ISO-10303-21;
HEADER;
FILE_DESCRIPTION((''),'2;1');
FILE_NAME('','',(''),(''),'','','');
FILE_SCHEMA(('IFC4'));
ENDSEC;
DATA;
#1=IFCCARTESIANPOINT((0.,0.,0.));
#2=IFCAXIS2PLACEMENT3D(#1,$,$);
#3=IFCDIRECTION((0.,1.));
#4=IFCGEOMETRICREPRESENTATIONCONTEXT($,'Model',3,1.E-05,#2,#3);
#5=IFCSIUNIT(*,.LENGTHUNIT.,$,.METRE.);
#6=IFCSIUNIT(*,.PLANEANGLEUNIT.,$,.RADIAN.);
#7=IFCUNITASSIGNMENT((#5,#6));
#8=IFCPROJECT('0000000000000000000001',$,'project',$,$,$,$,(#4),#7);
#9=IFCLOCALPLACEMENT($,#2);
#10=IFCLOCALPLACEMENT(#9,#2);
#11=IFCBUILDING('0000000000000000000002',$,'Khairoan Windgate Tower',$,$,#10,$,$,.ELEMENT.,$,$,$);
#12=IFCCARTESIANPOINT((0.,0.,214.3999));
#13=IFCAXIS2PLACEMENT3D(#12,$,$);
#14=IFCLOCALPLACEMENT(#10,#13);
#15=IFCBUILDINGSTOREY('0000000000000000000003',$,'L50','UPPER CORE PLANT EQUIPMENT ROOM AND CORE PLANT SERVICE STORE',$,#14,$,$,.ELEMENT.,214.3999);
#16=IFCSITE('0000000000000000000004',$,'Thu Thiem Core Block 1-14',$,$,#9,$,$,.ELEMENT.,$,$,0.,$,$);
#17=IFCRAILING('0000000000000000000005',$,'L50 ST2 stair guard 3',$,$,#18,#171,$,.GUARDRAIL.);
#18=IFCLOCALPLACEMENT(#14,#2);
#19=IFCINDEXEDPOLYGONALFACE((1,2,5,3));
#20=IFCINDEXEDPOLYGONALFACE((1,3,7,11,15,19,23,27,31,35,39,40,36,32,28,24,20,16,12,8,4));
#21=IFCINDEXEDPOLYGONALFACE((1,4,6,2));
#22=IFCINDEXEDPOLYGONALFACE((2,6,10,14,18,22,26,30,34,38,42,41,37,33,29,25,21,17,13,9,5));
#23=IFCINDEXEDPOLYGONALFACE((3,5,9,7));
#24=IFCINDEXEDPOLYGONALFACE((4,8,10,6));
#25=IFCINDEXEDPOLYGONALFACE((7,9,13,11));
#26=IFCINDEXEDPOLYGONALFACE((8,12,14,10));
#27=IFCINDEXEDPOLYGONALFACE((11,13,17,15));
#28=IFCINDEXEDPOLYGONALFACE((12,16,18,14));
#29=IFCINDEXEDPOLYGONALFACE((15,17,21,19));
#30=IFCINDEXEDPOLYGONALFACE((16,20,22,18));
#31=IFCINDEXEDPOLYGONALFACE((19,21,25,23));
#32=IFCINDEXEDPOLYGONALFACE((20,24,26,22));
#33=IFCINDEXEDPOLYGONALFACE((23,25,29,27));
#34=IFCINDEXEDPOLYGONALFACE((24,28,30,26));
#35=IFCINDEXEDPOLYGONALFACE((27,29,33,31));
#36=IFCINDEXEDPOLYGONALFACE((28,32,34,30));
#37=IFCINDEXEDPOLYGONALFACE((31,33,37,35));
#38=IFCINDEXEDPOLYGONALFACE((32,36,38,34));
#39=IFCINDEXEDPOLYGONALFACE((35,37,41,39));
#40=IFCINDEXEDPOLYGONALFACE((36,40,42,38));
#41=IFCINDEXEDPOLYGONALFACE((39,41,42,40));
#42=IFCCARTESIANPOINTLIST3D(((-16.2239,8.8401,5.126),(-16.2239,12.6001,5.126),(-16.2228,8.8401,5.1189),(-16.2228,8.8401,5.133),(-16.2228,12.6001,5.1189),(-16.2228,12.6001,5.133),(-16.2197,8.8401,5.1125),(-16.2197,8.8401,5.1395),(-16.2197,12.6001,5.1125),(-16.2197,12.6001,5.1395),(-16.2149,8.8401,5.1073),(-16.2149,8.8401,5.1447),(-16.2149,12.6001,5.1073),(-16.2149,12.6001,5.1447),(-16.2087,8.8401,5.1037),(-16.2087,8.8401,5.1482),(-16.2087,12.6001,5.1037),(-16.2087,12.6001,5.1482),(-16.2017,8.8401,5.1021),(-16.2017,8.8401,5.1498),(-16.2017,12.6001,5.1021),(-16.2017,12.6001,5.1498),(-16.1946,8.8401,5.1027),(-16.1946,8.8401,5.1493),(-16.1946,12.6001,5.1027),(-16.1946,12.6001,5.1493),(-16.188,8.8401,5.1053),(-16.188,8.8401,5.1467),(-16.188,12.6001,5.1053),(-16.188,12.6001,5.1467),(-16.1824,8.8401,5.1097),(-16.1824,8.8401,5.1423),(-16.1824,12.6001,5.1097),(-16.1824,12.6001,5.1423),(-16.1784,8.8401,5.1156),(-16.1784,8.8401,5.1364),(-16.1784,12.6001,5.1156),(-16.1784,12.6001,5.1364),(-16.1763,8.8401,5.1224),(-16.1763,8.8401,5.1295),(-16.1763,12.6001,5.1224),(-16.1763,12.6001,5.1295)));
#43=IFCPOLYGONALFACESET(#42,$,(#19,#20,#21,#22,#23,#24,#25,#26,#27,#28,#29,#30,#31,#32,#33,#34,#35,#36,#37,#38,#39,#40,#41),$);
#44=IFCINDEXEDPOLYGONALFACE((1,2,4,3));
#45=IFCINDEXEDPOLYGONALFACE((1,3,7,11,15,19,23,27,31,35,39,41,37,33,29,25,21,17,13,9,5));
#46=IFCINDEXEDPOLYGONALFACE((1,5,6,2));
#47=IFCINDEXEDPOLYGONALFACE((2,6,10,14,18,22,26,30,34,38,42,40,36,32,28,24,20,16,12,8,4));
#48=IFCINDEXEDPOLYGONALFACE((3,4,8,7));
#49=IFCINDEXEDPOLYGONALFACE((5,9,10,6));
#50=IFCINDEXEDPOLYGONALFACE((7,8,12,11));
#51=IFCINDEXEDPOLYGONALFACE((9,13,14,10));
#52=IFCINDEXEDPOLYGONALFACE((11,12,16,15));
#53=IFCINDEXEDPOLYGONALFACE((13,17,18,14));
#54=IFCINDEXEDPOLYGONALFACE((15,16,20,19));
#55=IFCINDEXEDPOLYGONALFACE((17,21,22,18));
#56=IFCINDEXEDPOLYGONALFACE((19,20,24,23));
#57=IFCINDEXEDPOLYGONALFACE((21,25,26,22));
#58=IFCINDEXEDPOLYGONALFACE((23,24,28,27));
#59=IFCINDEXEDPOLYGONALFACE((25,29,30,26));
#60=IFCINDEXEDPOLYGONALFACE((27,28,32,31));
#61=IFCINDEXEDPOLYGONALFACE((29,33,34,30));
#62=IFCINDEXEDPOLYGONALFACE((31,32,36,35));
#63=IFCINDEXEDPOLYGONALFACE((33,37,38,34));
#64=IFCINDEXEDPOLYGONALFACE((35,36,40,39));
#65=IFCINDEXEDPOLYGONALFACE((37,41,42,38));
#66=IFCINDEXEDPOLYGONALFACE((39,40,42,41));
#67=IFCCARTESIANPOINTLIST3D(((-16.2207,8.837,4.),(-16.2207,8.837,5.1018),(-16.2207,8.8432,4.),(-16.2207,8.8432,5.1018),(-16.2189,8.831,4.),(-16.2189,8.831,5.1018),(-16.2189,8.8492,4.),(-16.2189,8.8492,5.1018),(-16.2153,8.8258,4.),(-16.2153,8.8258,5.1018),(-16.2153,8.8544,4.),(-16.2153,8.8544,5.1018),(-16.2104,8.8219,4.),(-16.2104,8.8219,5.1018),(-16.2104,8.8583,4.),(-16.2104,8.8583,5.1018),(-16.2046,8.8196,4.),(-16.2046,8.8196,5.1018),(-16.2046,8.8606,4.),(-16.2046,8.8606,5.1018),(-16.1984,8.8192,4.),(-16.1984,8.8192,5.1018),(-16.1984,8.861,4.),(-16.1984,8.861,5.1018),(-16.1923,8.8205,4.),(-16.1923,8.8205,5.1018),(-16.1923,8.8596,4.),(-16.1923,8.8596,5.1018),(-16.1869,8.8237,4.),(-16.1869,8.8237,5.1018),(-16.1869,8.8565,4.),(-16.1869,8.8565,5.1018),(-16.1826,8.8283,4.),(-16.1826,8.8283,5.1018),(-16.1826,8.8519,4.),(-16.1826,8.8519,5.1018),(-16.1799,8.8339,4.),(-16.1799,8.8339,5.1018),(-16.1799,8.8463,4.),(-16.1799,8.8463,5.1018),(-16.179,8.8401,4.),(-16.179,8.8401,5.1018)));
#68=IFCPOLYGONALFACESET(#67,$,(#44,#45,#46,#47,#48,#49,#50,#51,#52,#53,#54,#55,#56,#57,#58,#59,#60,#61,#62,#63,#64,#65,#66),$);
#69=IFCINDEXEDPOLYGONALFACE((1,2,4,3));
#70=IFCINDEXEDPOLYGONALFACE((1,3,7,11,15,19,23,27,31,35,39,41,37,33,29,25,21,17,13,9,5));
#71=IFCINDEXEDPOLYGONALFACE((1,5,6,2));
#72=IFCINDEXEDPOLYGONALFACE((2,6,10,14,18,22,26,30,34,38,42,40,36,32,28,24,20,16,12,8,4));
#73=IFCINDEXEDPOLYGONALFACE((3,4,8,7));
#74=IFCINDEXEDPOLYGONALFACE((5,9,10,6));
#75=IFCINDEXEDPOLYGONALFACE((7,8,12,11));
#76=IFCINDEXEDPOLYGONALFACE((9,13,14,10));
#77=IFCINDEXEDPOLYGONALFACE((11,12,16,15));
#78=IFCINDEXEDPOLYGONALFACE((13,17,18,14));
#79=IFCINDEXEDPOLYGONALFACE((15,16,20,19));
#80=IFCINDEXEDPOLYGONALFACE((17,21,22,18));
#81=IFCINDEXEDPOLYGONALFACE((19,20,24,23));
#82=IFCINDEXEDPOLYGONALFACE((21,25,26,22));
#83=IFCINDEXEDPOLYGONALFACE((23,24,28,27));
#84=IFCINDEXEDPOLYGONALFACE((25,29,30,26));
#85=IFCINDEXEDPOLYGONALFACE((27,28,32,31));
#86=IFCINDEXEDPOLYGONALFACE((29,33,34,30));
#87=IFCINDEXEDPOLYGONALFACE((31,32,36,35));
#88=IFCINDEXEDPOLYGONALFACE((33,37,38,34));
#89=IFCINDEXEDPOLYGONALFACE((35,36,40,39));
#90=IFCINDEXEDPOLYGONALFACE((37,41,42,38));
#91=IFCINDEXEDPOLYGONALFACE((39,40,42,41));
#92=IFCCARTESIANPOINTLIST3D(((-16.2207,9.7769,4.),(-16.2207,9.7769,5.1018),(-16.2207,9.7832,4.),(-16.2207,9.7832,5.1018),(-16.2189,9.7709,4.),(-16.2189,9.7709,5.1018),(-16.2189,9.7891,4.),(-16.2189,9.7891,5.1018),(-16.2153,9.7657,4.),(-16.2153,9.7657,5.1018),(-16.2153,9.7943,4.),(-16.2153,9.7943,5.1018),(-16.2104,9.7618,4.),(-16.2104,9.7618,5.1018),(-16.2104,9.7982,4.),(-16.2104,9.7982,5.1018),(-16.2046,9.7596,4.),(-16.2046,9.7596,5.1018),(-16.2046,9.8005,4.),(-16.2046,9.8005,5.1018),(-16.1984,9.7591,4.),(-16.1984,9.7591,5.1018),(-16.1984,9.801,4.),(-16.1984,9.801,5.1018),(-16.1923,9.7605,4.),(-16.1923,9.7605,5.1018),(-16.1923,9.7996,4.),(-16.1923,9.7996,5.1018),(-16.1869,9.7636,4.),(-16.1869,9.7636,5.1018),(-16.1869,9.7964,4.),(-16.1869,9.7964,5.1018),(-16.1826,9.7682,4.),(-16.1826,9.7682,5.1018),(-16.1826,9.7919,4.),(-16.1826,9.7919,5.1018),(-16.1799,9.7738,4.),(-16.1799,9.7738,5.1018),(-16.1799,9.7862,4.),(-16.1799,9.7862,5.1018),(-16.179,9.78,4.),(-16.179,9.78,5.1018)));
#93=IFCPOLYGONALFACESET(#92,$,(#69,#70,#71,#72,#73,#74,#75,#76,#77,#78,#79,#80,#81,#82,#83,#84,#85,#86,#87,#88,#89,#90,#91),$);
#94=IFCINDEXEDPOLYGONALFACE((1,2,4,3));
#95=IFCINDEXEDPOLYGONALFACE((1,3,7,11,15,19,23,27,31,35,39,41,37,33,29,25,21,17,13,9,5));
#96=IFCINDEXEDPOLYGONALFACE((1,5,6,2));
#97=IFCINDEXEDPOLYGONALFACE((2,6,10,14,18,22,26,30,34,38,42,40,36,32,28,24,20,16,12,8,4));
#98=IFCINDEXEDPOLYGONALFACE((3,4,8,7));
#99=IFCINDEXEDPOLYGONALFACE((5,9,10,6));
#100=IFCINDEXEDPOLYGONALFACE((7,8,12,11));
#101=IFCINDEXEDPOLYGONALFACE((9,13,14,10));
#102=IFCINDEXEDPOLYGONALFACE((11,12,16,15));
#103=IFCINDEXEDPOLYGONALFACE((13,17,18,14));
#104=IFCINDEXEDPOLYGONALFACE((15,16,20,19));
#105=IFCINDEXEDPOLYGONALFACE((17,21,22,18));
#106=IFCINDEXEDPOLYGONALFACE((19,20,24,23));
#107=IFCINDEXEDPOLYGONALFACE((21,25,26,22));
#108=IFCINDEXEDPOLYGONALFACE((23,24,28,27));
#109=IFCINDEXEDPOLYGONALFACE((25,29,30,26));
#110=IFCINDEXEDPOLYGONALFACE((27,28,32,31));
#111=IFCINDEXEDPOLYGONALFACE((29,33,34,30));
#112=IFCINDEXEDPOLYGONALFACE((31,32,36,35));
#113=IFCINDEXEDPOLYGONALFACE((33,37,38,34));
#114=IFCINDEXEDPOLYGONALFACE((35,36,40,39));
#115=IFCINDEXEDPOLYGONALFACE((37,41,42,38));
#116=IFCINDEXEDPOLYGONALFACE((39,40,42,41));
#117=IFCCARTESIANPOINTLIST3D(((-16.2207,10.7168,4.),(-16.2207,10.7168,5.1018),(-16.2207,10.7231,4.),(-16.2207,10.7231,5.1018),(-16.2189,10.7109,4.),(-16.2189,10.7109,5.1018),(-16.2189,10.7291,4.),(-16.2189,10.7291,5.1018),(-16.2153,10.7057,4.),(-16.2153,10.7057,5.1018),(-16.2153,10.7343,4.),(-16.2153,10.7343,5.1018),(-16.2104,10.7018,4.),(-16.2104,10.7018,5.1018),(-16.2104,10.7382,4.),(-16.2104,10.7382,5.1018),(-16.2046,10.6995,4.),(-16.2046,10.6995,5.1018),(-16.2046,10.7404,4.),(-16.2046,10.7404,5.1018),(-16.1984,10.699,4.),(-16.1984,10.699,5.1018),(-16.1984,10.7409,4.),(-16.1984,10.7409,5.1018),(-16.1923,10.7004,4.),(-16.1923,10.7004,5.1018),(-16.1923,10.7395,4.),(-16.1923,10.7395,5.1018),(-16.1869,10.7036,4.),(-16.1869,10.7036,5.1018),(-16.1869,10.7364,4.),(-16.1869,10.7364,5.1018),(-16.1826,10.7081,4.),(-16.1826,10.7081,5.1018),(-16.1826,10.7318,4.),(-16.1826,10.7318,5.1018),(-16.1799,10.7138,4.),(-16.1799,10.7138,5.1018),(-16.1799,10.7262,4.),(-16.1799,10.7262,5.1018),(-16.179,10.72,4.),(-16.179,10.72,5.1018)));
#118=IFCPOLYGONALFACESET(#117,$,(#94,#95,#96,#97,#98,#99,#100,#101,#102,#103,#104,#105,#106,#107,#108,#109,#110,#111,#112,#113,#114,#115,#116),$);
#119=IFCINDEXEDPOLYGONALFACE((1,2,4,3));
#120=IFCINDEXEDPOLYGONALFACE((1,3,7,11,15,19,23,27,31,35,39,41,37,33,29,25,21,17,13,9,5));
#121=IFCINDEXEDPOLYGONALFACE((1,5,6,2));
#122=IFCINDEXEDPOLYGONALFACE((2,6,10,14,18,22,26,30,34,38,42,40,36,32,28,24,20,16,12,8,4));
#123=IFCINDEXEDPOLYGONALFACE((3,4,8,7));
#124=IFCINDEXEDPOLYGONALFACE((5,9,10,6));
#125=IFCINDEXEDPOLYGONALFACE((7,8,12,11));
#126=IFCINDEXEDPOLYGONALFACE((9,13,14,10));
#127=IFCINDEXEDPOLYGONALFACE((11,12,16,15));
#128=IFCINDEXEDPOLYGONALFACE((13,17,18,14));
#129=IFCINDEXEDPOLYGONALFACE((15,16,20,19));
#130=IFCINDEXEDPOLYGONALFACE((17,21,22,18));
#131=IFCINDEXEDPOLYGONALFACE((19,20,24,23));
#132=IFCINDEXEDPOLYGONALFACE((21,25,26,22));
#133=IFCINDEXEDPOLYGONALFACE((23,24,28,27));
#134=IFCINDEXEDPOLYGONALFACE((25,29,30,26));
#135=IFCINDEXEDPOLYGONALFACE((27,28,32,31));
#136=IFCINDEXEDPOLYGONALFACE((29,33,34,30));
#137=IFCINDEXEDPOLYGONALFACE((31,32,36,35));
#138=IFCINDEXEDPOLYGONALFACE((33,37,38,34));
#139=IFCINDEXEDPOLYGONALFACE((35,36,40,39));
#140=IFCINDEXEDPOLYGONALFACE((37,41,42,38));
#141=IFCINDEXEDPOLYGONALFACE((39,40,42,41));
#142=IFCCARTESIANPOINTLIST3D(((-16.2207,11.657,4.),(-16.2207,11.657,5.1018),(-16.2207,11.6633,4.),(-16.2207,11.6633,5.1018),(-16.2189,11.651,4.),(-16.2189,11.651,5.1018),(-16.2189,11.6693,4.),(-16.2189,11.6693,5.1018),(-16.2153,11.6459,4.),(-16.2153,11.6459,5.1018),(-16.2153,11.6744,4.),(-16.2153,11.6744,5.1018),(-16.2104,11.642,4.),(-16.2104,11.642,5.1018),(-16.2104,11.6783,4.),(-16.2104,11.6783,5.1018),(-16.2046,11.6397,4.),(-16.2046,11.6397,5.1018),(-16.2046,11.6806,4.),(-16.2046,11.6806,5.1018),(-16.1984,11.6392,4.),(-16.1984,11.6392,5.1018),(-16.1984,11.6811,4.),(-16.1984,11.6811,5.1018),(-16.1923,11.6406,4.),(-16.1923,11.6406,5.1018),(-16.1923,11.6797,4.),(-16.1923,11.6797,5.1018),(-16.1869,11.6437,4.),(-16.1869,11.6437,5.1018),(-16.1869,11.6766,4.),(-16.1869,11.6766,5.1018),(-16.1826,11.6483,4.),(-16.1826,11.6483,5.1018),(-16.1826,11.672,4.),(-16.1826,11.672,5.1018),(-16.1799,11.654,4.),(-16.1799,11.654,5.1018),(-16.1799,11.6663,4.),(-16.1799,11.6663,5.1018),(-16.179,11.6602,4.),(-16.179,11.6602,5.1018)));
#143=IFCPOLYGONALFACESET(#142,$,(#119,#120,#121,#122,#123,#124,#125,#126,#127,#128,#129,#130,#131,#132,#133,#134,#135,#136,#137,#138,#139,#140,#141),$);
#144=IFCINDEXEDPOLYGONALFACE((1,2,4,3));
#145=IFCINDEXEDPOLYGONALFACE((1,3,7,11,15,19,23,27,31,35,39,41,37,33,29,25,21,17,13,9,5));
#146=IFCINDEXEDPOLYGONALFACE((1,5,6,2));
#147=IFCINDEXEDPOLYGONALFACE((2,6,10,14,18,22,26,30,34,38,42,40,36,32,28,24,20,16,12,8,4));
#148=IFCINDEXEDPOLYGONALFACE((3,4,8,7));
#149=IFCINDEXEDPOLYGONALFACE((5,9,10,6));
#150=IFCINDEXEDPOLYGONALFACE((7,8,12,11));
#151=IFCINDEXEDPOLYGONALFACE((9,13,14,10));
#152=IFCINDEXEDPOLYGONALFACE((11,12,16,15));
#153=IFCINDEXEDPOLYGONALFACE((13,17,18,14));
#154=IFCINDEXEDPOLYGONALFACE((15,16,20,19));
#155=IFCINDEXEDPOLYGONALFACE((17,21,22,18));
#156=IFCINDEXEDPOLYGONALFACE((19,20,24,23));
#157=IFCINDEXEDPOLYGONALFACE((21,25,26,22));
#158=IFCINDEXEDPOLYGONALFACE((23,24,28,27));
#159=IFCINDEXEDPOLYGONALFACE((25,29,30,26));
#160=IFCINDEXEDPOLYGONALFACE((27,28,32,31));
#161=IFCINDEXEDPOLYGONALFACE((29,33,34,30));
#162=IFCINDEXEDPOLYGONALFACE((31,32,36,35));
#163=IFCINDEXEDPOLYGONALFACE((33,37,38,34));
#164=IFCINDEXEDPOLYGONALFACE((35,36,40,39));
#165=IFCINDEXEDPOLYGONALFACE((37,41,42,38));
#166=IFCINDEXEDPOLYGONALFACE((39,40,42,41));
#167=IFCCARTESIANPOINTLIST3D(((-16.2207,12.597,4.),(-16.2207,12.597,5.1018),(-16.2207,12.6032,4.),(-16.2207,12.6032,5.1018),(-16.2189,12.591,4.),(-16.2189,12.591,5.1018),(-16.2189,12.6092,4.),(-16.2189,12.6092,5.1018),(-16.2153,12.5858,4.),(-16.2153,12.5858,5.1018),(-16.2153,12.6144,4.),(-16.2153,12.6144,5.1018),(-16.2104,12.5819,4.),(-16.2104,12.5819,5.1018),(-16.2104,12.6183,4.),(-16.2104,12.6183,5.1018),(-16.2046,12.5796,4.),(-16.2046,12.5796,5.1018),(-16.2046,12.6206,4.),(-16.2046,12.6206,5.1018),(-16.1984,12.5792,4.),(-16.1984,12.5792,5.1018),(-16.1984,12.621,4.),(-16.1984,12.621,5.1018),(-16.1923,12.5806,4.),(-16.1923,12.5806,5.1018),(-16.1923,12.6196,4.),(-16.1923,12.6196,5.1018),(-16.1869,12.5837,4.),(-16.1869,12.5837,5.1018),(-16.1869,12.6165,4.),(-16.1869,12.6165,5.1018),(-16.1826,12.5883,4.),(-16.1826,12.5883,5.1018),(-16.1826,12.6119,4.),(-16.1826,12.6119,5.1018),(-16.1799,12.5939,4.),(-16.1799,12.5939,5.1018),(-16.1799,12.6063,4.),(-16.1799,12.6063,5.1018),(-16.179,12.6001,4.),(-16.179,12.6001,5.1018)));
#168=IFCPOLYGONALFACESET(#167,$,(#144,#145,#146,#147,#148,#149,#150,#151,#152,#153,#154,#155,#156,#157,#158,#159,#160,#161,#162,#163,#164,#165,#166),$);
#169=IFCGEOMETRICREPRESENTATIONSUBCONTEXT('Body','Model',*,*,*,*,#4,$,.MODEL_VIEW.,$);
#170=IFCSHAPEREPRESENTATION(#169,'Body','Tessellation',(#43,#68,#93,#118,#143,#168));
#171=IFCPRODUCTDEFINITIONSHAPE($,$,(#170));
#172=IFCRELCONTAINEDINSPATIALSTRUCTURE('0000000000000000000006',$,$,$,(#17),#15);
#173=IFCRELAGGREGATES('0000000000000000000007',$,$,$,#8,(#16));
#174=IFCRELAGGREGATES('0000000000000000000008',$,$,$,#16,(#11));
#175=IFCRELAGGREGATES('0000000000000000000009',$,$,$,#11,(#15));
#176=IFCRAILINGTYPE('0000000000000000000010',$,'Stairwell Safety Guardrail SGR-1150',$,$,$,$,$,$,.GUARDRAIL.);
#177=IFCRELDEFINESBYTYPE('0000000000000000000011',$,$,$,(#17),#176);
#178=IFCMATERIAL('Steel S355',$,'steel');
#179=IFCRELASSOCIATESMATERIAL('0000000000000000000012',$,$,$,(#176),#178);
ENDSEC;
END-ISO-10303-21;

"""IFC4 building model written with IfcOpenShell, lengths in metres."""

from ifc_helpers import new_model, si_unit, direction, frame, origin, origin_2d, place, context, subcontext, project, spatial, circle, extrude, material, type_object, element, save


model = new_model("IFC4")

# Units and contexts
model_context = context("Model", 3, precision=1e-05, world=origin(), true_north=direction((0.0, 1.0)))
body_context = subcontext(model_context, "Body", "Model", "MODEL_VIEW")
ifc_project = project(units=[si_unit("LENGTHUNIT", "METRE"), si_unit("PLANEANGLEUNIT", "RADIAN")], contexts=[model_context])

# Site, building, storey
site_placement = place(None, origin())
site = spatial("IfcSite", under=ifc_project, at=site_placement, Name="Thu Thiem Core Block 1-14", CompositionType="ELEMENT", RefElevation=0.0)
building_placement = place(site_placement, origin())
building = spatial("IfcBuilding", under=site, at=building_placement, Name="Khairoan Windgate Tower", CompositionType="ELEMENT")
storey_placement = place(building_placement, frame((0.0, 0.0, 214.3999)))
storey = spatial("IfcBuildingStorey", under=building, at=storey_placement, Name="L50", Description="UPPER CORE PLANT EQUIPMENT ROOM AND CORE PLANT SERVICE STORE", CompositionType="ELEMENT", Elevation=214.3999)

# Railing
ifc_material_1 = material(Name="Steel S355", Category="steel")
railing_type_1 = type_object("IfcRailingType", Name="Stairwell Safety Guardrail SGR-1150", PredefinedType="GUARDRAIL", material=ifc_material_1)
for number, where, name in (
    (1, (-16.2, 8.8401, 4.0), "L50 ST2 stair guard 3"),
):
    element("IfcRailing", number, at=place(storey_placement, frame(where)), inside=storey, type_object=railing_type_1, Name=name, PredefinedType="GUARDRAIL", context=body_context, shape_type="SweptSolid", body=[
        extrude(circle(Radius=0.0239, at=origin_2d()), frame((0.0, 0.0, 1.126), z_axis=(0.0, 1.0, 0.0), x_axis=(-1.0, 0.0, 0.0)), (0.0, 0.0, 1.0), 3.76),
        extrude(circle(Radius=0.021, at=origin_2d()), origin(), (0.0, 0.0, 1.0), 1.1018),
        extrude(circle(Radius=0.021, at=origin_2d()), frame((0.0, 0.9399, 0.0)), (0.0, 0.0, 1.0), 1.1018),
        extrude(circle(Radius=0.021, at=origin_2d()), frame((0.0, 1.8799, 0.0)), (0.0, 0.0, 1.0), 1.1018),
        extrude(circle(Radius=0.021, at=origin_2d()), frame((0.0, 2.8201, 0.0)), (0.0, 0.0, 1.0), 1.1018),
        extrude(circle(Radius=0.021, at=origin_2d()), frame((0.0, 3.76, 0.0)), (0.0, 0.0, 1.0), 1.1018),
    ])

save(model, "model.ifc")
